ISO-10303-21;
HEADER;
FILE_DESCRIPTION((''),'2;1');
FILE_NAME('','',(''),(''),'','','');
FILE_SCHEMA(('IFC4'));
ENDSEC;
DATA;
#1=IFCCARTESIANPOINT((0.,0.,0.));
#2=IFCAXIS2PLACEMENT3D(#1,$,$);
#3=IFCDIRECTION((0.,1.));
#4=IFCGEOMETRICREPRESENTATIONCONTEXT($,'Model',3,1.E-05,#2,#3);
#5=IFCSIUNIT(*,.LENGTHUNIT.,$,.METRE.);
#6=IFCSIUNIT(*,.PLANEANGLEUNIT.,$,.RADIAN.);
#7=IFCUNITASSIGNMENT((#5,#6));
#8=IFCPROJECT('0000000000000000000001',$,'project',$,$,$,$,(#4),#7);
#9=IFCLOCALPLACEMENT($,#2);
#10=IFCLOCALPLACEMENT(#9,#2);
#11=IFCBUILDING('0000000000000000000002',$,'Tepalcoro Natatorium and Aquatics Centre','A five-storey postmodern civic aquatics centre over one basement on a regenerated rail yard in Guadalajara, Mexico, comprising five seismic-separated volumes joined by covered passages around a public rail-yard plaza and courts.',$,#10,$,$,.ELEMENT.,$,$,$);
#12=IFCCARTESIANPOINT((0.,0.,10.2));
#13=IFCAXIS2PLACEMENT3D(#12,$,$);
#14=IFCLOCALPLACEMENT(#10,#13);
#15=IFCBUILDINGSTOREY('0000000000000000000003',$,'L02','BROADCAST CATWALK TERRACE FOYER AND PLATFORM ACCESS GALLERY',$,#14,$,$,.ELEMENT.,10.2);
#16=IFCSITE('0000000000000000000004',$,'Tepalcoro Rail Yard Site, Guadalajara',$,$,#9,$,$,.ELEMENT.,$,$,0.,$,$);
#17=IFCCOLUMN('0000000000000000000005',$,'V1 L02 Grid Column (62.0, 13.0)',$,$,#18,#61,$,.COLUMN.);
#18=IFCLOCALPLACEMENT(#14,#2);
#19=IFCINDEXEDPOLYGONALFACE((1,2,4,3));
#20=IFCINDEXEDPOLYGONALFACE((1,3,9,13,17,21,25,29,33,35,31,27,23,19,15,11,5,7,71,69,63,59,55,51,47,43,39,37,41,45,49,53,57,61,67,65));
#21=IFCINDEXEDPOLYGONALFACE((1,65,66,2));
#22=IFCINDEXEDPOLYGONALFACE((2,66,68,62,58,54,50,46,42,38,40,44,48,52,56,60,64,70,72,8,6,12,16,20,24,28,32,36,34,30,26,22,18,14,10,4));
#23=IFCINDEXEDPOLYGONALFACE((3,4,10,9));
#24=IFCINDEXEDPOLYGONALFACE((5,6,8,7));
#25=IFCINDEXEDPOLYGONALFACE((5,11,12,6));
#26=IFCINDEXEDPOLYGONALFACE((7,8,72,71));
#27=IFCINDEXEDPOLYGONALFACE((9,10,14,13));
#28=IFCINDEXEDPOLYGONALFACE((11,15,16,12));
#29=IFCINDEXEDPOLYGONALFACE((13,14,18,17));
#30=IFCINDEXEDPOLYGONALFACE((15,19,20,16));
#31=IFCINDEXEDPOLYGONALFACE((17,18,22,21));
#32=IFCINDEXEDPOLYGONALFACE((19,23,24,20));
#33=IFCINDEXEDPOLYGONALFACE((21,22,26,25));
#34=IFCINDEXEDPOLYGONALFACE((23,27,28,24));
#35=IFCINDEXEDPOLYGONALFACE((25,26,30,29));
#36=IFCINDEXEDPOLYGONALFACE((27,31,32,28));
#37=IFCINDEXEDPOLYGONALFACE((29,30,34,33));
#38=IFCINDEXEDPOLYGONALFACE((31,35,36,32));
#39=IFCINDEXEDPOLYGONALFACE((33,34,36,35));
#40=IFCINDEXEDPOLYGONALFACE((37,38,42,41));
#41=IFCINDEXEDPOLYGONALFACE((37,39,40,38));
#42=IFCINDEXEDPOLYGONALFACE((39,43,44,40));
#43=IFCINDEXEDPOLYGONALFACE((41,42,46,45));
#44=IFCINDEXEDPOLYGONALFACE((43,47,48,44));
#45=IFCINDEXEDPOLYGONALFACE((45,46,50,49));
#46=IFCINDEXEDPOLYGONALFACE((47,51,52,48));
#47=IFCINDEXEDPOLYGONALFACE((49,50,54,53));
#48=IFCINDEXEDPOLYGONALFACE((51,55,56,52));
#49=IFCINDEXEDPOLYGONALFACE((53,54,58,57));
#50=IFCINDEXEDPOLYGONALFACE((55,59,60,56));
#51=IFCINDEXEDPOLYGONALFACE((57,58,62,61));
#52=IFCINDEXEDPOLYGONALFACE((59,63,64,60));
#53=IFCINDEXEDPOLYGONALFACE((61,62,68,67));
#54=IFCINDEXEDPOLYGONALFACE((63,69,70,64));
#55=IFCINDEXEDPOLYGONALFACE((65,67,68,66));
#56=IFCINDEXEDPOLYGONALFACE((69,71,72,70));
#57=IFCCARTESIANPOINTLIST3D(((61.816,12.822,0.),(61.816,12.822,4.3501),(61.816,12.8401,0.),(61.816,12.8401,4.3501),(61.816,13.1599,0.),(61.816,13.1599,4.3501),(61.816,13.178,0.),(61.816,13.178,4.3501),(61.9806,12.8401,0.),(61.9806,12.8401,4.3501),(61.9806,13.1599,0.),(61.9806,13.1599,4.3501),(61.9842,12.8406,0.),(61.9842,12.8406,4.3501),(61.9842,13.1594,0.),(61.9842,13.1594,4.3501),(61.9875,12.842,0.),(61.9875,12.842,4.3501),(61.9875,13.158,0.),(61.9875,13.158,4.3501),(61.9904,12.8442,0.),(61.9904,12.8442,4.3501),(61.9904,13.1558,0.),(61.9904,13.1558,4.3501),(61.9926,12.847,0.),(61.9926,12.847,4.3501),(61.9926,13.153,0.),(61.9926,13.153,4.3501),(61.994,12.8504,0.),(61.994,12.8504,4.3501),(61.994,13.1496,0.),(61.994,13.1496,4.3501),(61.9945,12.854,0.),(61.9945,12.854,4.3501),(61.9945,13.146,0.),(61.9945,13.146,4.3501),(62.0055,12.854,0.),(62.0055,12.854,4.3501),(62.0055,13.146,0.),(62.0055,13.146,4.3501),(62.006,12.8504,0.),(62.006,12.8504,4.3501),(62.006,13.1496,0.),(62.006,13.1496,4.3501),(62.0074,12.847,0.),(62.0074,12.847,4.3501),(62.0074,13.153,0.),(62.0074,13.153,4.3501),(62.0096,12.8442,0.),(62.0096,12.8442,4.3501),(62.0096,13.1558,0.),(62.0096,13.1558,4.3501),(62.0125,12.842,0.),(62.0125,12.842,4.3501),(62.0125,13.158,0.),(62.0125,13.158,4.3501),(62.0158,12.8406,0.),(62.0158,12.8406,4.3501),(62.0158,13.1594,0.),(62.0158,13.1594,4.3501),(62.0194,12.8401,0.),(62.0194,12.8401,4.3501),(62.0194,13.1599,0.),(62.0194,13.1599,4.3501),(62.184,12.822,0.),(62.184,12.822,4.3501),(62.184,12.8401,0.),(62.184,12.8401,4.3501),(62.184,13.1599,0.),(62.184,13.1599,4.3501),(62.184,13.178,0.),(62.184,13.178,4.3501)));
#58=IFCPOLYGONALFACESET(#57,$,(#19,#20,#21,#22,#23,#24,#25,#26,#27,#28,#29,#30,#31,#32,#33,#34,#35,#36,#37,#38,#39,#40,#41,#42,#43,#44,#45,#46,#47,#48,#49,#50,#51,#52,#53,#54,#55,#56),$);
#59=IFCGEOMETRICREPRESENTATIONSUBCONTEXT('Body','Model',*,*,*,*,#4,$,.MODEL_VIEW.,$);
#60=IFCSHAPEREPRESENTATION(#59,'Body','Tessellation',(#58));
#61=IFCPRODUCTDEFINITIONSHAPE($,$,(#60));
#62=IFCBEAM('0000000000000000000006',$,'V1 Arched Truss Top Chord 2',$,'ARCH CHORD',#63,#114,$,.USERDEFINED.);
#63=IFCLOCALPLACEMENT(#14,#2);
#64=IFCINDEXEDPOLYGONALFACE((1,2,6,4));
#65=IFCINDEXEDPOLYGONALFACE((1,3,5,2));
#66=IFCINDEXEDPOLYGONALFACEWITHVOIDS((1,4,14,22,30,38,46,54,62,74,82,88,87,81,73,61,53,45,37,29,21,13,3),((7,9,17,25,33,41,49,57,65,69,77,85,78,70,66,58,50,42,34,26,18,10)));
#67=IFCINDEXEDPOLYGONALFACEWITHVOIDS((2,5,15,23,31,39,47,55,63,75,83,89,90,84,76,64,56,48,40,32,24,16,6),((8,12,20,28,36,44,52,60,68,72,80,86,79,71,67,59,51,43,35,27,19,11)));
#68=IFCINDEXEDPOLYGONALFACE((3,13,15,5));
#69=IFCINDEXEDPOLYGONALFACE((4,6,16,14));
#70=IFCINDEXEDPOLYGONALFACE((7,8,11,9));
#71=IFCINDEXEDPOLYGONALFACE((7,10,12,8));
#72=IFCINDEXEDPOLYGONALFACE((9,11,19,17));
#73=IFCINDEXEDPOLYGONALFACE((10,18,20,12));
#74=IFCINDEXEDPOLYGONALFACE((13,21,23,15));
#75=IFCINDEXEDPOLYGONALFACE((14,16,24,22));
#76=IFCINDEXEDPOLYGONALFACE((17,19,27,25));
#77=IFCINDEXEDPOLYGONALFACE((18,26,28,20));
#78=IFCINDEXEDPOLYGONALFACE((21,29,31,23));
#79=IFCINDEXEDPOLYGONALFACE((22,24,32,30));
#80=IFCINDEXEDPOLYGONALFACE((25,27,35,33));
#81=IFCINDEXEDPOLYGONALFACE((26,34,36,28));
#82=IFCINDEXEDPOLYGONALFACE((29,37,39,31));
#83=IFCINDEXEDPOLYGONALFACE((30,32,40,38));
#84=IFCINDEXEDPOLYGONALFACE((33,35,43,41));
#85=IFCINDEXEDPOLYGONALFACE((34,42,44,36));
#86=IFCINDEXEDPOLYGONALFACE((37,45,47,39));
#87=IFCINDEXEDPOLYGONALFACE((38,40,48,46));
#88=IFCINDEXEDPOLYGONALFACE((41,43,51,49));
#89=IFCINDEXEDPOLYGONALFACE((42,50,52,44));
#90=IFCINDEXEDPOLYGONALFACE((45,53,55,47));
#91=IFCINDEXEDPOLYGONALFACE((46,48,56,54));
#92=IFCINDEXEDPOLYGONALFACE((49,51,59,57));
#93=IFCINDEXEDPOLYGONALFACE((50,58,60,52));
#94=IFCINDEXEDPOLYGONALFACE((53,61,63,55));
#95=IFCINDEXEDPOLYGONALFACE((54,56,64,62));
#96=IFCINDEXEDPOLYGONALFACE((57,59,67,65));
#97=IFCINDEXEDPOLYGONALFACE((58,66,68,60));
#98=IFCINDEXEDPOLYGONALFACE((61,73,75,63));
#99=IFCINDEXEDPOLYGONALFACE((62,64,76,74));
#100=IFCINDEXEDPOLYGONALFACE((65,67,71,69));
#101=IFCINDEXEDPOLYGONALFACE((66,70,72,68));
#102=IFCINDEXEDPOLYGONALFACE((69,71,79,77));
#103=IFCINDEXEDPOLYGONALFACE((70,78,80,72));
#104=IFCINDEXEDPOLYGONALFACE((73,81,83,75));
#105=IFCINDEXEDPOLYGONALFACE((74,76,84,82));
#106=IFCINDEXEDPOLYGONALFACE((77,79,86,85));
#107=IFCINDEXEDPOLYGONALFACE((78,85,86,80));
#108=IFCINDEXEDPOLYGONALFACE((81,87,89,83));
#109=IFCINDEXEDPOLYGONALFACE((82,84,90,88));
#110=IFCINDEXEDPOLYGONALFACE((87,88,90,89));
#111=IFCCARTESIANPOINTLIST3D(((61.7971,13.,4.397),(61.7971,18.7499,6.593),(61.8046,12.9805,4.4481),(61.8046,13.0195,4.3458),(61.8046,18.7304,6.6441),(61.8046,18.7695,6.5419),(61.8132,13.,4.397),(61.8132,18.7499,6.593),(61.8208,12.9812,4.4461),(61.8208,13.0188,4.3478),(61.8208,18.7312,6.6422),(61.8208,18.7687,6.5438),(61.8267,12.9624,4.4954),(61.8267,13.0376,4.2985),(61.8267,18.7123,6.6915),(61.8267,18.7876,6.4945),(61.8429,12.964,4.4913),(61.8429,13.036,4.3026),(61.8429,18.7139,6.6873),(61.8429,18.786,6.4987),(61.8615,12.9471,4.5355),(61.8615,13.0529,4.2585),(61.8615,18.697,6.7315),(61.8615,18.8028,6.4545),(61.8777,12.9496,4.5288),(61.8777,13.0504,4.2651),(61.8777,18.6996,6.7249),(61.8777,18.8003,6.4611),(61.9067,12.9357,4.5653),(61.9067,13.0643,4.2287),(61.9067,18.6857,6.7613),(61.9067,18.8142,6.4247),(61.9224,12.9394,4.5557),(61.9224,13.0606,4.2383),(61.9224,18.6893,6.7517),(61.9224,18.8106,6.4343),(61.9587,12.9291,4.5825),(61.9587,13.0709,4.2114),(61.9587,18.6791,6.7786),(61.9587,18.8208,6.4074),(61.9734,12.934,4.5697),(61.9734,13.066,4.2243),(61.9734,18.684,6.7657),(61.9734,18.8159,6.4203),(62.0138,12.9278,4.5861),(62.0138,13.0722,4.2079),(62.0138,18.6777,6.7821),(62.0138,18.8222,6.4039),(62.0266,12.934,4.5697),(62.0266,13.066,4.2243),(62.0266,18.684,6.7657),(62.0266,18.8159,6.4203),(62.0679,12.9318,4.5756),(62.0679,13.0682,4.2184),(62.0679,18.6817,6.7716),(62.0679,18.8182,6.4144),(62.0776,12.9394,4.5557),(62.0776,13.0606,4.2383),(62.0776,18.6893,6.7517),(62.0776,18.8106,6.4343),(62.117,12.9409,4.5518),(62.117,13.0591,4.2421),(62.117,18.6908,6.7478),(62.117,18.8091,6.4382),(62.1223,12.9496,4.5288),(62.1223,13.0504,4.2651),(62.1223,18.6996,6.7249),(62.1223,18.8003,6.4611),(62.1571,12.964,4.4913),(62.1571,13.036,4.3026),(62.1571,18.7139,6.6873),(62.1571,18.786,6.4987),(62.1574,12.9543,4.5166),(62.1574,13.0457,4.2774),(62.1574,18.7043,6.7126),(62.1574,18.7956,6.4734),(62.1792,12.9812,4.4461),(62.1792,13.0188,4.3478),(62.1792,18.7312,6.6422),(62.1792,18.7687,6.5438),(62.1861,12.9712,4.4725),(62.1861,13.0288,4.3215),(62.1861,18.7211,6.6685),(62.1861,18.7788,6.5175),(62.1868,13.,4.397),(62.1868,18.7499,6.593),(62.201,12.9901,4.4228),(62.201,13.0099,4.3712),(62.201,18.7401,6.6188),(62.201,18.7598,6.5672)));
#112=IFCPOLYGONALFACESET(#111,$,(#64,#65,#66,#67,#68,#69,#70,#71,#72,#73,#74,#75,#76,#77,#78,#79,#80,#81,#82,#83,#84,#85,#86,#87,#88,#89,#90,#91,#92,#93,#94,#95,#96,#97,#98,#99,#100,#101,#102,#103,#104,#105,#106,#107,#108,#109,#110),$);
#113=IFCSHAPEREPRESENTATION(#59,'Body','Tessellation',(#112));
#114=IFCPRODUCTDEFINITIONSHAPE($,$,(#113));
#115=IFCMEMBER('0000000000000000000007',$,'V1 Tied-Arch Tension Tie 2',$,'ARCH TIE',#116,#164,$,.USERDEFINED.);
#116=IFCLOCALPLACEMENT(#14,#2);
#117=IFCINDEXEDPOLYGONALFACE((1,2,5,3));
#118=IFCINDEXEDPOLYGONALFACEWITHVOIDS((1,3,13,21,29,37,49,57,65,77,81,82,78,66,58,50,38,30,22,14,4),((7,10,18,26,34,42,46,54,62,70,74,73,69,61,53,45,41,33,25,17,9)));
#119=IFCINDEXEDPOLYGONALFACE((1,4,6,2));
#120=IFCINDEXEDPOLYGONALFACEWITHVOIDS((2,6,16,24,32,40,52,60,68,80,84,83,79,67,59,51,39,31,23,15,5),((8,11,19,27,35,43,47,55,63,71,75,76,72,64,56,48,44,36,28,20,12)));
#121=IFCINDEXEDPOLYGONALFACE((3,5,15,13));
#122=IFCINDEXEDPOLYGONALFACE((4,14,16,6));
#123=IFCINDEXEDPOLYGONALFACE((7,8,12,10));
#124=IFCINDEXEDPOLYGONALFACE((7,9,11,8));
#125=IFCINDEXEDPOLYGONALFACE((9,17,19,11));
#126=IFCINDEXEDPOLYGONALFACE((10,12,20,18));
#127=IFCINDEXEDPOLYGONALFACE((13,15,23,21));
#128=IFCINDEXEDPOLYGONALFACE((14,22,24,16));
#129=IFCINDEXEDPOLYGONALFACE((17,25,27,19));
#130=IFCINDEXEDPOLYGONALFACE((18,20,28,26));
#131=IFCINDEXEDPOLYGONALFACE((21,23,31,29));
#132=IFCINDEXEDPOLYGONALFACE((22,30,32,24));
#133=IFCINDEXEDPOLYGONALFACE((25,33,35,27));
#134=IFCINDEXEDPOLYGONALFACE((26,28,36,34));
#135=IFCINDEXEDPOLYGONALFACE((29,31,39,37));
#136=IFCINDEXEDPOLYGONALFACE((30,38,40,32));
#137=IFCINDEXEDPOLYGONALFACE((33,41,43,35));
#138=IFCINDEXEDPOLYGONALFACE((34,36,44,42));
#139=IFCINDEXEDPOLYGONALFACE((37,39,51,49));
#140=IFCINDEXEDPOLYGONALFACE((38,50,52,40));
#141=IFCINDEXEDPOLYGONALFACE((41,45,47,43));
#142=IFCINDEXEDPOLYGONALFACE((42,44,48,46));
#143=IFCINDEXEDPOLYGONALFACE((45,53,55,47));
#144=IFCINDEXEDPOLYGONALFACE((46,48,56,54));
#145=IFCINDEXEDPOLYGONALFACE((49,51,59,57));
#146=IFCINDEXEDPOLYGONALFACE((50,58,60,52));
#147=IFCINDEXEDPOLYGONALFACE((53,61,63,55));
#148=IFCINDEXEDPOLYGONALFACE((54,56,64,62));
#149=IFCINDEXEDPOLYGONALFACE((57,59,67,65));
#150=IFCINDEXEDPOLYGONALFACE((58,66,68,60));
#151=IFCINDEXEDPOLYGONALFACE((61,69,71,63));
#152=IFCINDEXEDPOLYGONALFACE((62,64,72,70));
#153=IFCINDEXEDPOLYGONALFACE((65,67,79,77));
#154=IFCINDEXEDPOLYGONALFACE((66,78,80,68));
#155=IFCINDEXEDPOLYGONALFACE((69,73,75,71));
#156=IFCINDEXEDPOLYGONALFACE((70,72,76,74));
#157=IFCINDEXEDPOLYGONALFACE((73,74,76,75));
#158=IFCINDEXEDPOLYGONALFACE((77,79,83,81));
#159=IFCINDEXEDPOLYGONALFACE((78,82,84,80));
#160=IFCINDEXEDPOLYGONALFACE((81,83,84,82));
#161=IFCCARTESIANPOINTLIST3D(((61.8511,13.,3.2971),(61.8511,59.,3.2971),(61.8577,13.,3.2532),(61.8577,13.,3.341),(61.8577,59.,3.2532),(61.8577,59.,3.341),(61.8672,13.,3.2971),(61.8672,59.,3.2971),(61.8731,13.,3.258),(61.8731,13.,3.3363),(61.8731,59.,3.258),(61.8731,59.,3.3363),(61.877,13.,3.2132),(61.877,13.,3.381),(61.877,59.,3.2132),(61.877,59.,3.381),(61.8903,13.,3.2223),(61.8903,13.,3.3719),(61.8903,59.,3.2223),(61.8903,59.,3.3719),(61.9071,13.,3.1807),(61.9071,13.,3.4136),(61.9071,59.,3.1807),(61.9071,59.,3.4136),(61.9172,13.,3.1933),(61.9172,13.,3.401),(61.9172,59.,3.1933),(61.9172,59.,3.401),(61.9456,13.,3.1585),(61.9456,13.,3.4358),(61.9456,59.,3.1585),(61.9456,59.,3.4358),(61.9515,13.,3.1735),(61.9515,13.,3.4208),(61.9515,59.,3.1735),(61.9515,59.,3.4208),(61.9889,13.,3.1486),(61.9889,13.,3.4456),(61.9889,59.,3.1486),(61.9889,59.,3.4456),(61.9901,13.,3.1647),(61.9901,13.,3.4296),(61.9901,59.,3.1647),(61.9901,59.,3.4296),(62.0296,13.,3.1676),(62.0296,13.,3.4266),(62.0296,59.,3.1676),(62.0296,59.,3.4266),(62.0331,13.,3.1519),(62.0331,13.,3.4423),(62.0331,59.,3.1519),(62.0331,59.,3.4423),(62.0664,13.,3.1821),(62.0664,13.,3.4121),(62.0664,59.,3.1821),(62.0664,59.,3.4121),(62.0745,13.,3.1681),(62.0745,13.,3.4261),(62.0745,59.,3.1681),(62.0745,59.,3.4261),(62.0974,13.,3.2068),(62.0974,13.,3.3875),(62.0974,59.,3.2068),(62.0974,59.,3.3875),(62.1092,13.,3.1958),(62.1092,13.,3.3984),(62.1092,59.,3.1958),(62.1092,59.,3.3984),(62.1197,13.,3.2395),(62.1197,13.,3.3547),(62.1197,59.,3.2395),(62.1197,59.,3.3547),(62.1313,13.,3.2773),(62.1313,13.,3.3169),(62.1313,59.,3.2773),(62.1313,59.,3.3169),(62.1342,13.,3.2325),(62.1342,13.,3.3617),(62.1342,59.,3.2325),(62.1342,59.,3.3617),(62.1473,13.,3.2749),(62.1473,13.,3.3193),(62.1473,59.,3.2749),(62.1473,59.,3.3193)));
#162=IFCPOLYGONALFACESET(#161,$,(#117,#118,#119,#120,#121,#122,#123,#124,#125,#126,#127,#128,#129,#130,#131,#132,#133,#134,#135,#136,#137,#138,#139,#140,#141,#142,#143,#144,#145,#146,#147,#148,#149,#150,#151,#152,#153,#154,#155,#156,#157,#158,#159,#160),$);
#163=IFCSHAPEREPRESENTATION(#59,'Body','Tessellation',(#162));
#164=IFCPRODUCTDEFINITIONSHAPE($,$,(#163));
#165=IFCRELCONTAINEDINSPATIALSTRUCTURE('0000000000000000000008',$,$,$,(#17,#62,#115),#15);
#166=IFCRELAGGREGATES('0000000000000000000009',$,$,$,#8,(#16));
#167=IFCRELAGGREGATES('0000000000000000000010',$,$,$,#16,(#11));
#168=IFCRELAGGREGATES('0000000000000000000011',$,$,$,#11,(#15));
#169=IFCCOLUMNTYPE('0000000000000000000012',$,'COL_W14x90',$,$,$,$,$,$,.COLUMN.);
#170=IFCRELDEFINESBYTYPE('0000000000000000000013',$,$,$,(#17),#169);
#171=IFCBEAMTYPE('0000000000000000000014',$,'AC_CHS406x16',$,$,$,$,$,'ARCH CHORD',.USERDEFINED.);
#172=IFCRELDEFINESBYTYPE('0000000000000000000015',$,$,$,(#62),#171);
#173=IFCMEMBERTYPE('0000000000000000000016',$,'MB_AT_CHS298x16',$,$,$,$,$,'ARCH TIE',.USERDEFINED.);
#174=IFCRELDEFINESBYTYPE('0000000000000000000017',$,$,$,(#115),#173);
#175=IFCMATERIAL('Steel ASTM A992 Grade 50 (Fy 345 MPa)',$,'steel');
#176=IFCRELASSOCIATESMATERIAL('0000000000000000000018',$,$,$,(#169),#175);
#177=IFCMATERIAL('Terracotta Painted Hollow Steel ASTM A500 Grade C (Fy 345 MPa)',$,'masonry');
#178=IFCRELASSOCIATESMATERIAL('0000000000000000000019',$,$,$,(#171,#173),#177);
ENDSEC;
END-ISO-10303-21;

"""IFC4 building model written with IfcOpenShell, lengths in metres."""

from ifc_helpers import new_model, si_unit, direction, frame, origin, origin_2d, place, context, subcontext, project, spatial, hollow_circle, i_section, extrude, material, material_profile, profile_set, type_object, element, save


model = new_model("IFC4")

# Units and contexts
model_context = context("Model", 3, precision=1e-05, world=origin(), true_north=direction((0.0, 1.0)))
body_context = subcontext(model_context, "Body", "Model", "MODEL_VIEW")
ifc_project = project(units=[si_unit("LENGTHUNIT", "METRE"), si_unit("PLANEANGLEUNIT", "RADIAN")], contexts=[model_context])

# Site, building, storey
site_placement = place(None, origin())
site = spatial("IfcSite", under=ifc_project, at=site_placement, Name="Tepalcoro Rail Yard Site, Guadalajara", CompositionType="ELEMENT", RefElevation=0.0)
building_placement = place(site_placement, origin())
building = spatial("IfcBuilding", under=site, at=building_placement, Name="Tepalcoro Natatorium and Aquatics Centre", Description="A five-storey postmodern civic aquatics centre over one basement on a regenerated rail yard in Guadalajara, Mexico, comprising five seismic-separated volumes joined by covered passages around a public rail-yard plaza and courts.", CompositionType="ELEMENT")
storey_placement = place(building_placement, frame((0.0, 0.0, 10.2)))
storey = spatial("IfcBuildingStorey", under=building, at=storey_placement, Name="L02", Description="BROADCAST CATWALK TERRACE FOYER AND PLATFORM ACCESS GALLERY", CompositionType="ELEMENT", Elevation=10.2)

# Column
ifc_material_1 = material(Name="Steel ASTM A992 Grade 50 (Fy 345 MPa)", Category="steel")
ifc_material_profile_1 = material_profile(ifc_material_1, i_section(OverallWidth=0.3679, OverallDepth=0.356, WebThickness=0.011, FlangeThickness=0.0181, FilletRadius=0.0139, at=origin_2d()), Name="W14X90")
ifc_profile_set_1 = profile_set([ifc_material_profile_1], Name="Steel ASTM A992 Grade 50 (Fy 345 MPa)")
column_type = type_object("IfcColumnType", Name="COL_W14x90", PredefinedType="COLUMN", material=ifc_profile_set_1)
column_placement = place(storey_placement, frame((62.0, 13.0, 0.0), z_axis=(0.0, 0.0, 1.0), x_axis=(1.0, 0.0, 0.0)))
element("IfcColumn", 1, at=column_placement, inside=storey, type_object=column_type, Name="V1 L02 Grid Column (62.0, 13.0)", PredefinedType="COLUMN", context=body_context, shape_type="SweptSolid", body=[
    extrude(i_section(OverallWidth=0.3679, OverallDepth=0.356, WebThickness=0.011, FlangeThickness=0.0181, FilletRadius=0.0139, at=origin_2d()), origin(), (0.0, 0.0, 1.0), 4.3501),
])

# Beam
ifc_material_2 = material(Name="Terracotta Painted Hollow Steel ASTM A500 Grade C (Fy 345 MPa)", Category="masonry")
ifc_material_profile_2 = material_profile(ifc_material_2, hollow_circle(Radius=0.2029, WallThickness=0.0161, at=origin_2d()), Name="CHS406X16")
ifc_profile_set_2 = profile_set([ifc_material_profile_2], Name="Terracotta Painted Hollow Steel ASTM A500 Grade C (Fy 345 MPa)")
beam_type_1 = type_object("IfcBeamType", Name="AC_CHS406x16", ElementType="ARCH CHORD", PredefinedType="USERDEFINED", material=ifc_profile_set_2)
beam_1_placement = place(storey_placement, frame((62.0, 13.0, 4.397), z_axis=(0.0, 0.934186, 0.356785), x_axis=(-1.0, 0.0, 0.0)))
element("IfcBeam", 2, at=beam_1_placement, inside=storey, type_object=beam_type_1, Name="V1 Arched Truss Top Chord 2", ObjectType="ARCH CHORD", PredefinedType="USERDEFINED", context=body_context, shape_type="SweptSolid", body=[
    extrude(hollow_circle(Radius=0.2029, WallThickness=0.0161, at=origin_2d()), origin(), (0.0, 0.0, 1.0), 6.155),
])

# Member
ifc_material_profile_3 = material_profile(ifc_material_2, hollow_circle(Radius=0.1489, WallThickness=0.0161, at=origin_2d()), Name="CHS298X16")
ifc_profile_set_3 = profile_set([ifc_material_profile_3], Name="Terracotta Painted Hollow Steel ASTM A500 Grade C (Fy 345 MPa)")
member_type_1 = type_object("IfcMemberType", Name="MB_AT_CHS298x16", ElementType="ARCH TIE", PredefinedType="USERDEFINED", material=ifc_profile_set_3)
member_1_placement = place(storey_placement, frame((62.0, 13.0, 3.2971), z_axis=(0.0, 1.0, 0.0), x_axis=(-1.0, 0.0, 0.0)))
element("IfcMember", 3, at=member_1_placement, inside=storey, type_object=member_type_1, Name="V1 Tied-Arch Tension Tie 2", ObjectType="ARCH TIE", PredefinedType="USERDEFINED", context=body_context, shape_type="SweptSolid", body=[
    extrude(hollow_circle(Radius=0.1489, WallThickness=0.0161, at=origin_2d()), origin(), (0.0, 0.0, 1.0), 46.0),
])

save(model, "model.ifc")
